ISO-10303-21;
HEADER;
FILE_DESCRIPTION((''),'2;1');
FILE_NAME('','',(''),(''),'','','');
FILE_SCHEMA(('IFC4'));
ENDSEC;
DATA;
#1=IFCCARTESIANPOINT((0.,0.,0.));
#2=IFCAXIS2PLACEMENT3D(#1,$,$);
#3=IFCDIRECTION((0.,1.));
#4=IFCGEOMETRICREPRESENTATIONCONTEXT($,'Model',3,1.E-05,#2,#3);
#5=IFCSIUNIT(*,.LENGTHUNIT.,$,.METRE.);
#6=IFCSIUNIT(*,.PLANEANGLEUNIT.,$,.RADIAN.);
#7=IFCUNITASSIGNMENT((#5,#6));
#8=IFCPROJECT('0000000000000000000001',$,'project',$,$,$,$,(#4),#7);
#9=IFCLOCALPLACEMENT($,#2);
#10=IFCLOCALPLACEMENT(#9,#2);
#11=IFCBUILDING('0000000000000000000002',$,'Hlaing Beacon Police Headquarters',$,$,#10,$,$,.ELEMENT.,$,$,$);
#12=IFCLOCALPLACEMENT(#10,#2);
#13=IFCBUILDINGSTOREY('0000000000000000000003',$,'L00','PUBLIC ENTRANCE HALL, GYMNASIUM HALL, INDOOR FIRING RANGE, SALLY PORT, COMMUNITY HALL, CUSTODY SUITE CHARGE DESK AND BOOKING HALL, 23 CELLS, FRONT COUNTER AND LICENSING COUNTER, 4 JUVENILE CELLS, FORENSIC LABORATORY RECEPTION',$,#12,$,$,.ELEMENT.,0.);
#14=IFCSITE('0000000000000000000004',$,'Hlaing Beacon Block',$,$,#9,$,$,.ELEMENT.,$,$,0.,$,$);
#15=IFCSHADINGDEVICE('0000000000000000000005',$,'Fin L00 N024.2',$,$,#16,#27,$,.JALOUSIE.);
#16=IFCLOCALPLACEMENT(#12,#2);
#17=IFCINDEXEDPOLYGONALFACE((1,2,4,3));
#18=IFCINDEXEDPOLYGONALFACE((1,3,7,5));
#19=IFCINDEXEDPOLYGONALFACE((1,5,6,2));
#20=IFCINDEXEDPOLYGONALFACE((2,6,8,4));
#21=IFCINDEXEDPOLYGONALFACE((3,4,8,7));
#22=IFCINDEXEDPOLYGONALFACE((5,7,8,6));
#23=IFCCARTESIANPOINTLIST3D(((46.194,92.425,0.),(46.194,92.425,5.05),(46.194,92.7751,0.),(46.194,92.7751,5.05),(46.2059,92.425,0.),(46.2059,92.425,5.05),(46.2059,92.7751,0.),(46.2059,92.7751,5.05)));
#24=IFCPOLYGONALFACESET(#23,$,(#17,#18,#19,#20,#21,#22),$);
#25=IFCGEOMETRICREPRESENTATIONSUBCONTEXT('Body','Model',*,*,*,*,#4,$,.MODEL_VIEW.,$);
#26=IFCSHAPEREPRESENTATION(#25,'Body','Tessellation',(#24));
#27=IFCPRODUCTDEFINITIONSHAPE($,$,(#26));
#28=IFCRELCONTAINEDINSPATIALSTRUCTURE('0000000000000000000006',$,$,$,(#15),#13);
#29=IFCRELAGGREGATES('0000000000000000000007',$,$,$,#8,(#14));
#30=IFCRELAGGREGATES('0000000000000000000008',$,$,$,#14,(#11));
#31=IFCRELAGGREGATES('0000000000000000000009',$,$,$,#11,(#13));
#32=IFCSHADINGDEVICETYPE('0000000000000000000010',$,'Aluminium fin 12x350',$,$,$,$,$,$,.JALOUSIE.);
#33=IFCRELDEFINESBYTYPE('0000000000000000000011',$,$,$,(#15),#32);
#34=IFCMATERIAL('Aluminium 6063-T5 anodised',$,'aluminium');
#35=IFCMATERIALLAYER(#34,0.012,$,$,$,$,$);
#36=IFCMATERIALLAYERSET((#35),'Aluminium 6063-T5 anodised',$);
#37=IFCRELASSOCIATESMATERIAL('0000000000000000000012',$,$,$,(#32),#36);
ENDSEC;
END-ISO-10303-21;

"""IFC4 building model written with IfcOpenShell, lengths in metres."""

from ifc_helpers import new_model, si_unit, direction, frame, origin, origin_2d, place, context, subcontext, project, spatial, rectangle, extrude, material, layer, layer_set, type_object, element, save


model = new_model("IFC4")

# Units and contexts
model_context = context("Model", 3, precision=1e-05, world=origin(), true_north=direction((0.0, 1.0)))
body_context = subcontext(model_context, "Body", "Model", "MODEL_VIEW")
ifc_project = project(units=[si_unit("LENGTHUNIT", "METRE"), si_unit("PLANEANGLEUNIT", "RADIAN")], contexts=[model_context])

# Site, building, storey
site_placement = place(None, origin())
site = spatial("IfcSite", under=ifc_project, at=site_placement, Name="Hlaing Beacon Block", CompositionType="ELEMENT", RefElevation=0.0)
building_placement = place(site_placement, origin())
building = spatial("IfcBuilding", under=site, at=building_placement, Name="Hlaing Beacon Police Headquarters", CompositionType="ELEMENT")
storey_placement = place(building_placement, origin())
storey = spatial("IfcBuildingStorey", under=building, at=storey_placement, Name="L00", Description="PUBLIC ENTRANCE HALL, GYMNASIUM HALL, INDOOR FIRING RANGE, SALLY PORT, COMMUNITY HALL, CUSTODY SUITE CHARGE DESK AND BOOKING HALL, 23 CELLS, FRONT COUNTER AND LICENSING COUNTER, 4 JUVENILE CELLS, FORENSIC LABORATORY RECEPTION", CompositionType="ELEMENT", Elevation=0.0)

# Shading device
ifc_material_1 = material(Name="Aluminium 6063-T5 anodised", Category="aluminium")
ifc_layer_1 = layer(ifc_material_1, 0.012)
ifc_layer_set_1 = layer_set([ifc_layer_1], Name="Aluminium 6063-T5 anodised")
shading_device_type = type_object("IfcShadingDeviceType", Name="Aluminium fin 12x350", PredefinedType="JALOUSIE", material=ifc_layer_set_1)
for number, where, z_axis, x_axis, name in (
    (1, (46.2, 92.6001, 0.0), (0.0, 0.0, 1.0), (-1.0, 0.0, 0.0), "Fin L00 N024.2"),
):
    element("IfcShadingDevice", number, at=place(storey_placement, frame(where, z_axis=z_axis, x_axis=x_axis)), inside=storey, type_object=shading_device_type, Name=name, PredefinedType="JALOUSIE", context=body_context, shape_type="SweptSolid", body=[
        extrude(rectangle(XDim=0.012, YDim=0.3501, at=origin_2d()), origin(), (0.0, 0.0, 1.0), 5.05),
    ])

save(model, "model.ifc")
